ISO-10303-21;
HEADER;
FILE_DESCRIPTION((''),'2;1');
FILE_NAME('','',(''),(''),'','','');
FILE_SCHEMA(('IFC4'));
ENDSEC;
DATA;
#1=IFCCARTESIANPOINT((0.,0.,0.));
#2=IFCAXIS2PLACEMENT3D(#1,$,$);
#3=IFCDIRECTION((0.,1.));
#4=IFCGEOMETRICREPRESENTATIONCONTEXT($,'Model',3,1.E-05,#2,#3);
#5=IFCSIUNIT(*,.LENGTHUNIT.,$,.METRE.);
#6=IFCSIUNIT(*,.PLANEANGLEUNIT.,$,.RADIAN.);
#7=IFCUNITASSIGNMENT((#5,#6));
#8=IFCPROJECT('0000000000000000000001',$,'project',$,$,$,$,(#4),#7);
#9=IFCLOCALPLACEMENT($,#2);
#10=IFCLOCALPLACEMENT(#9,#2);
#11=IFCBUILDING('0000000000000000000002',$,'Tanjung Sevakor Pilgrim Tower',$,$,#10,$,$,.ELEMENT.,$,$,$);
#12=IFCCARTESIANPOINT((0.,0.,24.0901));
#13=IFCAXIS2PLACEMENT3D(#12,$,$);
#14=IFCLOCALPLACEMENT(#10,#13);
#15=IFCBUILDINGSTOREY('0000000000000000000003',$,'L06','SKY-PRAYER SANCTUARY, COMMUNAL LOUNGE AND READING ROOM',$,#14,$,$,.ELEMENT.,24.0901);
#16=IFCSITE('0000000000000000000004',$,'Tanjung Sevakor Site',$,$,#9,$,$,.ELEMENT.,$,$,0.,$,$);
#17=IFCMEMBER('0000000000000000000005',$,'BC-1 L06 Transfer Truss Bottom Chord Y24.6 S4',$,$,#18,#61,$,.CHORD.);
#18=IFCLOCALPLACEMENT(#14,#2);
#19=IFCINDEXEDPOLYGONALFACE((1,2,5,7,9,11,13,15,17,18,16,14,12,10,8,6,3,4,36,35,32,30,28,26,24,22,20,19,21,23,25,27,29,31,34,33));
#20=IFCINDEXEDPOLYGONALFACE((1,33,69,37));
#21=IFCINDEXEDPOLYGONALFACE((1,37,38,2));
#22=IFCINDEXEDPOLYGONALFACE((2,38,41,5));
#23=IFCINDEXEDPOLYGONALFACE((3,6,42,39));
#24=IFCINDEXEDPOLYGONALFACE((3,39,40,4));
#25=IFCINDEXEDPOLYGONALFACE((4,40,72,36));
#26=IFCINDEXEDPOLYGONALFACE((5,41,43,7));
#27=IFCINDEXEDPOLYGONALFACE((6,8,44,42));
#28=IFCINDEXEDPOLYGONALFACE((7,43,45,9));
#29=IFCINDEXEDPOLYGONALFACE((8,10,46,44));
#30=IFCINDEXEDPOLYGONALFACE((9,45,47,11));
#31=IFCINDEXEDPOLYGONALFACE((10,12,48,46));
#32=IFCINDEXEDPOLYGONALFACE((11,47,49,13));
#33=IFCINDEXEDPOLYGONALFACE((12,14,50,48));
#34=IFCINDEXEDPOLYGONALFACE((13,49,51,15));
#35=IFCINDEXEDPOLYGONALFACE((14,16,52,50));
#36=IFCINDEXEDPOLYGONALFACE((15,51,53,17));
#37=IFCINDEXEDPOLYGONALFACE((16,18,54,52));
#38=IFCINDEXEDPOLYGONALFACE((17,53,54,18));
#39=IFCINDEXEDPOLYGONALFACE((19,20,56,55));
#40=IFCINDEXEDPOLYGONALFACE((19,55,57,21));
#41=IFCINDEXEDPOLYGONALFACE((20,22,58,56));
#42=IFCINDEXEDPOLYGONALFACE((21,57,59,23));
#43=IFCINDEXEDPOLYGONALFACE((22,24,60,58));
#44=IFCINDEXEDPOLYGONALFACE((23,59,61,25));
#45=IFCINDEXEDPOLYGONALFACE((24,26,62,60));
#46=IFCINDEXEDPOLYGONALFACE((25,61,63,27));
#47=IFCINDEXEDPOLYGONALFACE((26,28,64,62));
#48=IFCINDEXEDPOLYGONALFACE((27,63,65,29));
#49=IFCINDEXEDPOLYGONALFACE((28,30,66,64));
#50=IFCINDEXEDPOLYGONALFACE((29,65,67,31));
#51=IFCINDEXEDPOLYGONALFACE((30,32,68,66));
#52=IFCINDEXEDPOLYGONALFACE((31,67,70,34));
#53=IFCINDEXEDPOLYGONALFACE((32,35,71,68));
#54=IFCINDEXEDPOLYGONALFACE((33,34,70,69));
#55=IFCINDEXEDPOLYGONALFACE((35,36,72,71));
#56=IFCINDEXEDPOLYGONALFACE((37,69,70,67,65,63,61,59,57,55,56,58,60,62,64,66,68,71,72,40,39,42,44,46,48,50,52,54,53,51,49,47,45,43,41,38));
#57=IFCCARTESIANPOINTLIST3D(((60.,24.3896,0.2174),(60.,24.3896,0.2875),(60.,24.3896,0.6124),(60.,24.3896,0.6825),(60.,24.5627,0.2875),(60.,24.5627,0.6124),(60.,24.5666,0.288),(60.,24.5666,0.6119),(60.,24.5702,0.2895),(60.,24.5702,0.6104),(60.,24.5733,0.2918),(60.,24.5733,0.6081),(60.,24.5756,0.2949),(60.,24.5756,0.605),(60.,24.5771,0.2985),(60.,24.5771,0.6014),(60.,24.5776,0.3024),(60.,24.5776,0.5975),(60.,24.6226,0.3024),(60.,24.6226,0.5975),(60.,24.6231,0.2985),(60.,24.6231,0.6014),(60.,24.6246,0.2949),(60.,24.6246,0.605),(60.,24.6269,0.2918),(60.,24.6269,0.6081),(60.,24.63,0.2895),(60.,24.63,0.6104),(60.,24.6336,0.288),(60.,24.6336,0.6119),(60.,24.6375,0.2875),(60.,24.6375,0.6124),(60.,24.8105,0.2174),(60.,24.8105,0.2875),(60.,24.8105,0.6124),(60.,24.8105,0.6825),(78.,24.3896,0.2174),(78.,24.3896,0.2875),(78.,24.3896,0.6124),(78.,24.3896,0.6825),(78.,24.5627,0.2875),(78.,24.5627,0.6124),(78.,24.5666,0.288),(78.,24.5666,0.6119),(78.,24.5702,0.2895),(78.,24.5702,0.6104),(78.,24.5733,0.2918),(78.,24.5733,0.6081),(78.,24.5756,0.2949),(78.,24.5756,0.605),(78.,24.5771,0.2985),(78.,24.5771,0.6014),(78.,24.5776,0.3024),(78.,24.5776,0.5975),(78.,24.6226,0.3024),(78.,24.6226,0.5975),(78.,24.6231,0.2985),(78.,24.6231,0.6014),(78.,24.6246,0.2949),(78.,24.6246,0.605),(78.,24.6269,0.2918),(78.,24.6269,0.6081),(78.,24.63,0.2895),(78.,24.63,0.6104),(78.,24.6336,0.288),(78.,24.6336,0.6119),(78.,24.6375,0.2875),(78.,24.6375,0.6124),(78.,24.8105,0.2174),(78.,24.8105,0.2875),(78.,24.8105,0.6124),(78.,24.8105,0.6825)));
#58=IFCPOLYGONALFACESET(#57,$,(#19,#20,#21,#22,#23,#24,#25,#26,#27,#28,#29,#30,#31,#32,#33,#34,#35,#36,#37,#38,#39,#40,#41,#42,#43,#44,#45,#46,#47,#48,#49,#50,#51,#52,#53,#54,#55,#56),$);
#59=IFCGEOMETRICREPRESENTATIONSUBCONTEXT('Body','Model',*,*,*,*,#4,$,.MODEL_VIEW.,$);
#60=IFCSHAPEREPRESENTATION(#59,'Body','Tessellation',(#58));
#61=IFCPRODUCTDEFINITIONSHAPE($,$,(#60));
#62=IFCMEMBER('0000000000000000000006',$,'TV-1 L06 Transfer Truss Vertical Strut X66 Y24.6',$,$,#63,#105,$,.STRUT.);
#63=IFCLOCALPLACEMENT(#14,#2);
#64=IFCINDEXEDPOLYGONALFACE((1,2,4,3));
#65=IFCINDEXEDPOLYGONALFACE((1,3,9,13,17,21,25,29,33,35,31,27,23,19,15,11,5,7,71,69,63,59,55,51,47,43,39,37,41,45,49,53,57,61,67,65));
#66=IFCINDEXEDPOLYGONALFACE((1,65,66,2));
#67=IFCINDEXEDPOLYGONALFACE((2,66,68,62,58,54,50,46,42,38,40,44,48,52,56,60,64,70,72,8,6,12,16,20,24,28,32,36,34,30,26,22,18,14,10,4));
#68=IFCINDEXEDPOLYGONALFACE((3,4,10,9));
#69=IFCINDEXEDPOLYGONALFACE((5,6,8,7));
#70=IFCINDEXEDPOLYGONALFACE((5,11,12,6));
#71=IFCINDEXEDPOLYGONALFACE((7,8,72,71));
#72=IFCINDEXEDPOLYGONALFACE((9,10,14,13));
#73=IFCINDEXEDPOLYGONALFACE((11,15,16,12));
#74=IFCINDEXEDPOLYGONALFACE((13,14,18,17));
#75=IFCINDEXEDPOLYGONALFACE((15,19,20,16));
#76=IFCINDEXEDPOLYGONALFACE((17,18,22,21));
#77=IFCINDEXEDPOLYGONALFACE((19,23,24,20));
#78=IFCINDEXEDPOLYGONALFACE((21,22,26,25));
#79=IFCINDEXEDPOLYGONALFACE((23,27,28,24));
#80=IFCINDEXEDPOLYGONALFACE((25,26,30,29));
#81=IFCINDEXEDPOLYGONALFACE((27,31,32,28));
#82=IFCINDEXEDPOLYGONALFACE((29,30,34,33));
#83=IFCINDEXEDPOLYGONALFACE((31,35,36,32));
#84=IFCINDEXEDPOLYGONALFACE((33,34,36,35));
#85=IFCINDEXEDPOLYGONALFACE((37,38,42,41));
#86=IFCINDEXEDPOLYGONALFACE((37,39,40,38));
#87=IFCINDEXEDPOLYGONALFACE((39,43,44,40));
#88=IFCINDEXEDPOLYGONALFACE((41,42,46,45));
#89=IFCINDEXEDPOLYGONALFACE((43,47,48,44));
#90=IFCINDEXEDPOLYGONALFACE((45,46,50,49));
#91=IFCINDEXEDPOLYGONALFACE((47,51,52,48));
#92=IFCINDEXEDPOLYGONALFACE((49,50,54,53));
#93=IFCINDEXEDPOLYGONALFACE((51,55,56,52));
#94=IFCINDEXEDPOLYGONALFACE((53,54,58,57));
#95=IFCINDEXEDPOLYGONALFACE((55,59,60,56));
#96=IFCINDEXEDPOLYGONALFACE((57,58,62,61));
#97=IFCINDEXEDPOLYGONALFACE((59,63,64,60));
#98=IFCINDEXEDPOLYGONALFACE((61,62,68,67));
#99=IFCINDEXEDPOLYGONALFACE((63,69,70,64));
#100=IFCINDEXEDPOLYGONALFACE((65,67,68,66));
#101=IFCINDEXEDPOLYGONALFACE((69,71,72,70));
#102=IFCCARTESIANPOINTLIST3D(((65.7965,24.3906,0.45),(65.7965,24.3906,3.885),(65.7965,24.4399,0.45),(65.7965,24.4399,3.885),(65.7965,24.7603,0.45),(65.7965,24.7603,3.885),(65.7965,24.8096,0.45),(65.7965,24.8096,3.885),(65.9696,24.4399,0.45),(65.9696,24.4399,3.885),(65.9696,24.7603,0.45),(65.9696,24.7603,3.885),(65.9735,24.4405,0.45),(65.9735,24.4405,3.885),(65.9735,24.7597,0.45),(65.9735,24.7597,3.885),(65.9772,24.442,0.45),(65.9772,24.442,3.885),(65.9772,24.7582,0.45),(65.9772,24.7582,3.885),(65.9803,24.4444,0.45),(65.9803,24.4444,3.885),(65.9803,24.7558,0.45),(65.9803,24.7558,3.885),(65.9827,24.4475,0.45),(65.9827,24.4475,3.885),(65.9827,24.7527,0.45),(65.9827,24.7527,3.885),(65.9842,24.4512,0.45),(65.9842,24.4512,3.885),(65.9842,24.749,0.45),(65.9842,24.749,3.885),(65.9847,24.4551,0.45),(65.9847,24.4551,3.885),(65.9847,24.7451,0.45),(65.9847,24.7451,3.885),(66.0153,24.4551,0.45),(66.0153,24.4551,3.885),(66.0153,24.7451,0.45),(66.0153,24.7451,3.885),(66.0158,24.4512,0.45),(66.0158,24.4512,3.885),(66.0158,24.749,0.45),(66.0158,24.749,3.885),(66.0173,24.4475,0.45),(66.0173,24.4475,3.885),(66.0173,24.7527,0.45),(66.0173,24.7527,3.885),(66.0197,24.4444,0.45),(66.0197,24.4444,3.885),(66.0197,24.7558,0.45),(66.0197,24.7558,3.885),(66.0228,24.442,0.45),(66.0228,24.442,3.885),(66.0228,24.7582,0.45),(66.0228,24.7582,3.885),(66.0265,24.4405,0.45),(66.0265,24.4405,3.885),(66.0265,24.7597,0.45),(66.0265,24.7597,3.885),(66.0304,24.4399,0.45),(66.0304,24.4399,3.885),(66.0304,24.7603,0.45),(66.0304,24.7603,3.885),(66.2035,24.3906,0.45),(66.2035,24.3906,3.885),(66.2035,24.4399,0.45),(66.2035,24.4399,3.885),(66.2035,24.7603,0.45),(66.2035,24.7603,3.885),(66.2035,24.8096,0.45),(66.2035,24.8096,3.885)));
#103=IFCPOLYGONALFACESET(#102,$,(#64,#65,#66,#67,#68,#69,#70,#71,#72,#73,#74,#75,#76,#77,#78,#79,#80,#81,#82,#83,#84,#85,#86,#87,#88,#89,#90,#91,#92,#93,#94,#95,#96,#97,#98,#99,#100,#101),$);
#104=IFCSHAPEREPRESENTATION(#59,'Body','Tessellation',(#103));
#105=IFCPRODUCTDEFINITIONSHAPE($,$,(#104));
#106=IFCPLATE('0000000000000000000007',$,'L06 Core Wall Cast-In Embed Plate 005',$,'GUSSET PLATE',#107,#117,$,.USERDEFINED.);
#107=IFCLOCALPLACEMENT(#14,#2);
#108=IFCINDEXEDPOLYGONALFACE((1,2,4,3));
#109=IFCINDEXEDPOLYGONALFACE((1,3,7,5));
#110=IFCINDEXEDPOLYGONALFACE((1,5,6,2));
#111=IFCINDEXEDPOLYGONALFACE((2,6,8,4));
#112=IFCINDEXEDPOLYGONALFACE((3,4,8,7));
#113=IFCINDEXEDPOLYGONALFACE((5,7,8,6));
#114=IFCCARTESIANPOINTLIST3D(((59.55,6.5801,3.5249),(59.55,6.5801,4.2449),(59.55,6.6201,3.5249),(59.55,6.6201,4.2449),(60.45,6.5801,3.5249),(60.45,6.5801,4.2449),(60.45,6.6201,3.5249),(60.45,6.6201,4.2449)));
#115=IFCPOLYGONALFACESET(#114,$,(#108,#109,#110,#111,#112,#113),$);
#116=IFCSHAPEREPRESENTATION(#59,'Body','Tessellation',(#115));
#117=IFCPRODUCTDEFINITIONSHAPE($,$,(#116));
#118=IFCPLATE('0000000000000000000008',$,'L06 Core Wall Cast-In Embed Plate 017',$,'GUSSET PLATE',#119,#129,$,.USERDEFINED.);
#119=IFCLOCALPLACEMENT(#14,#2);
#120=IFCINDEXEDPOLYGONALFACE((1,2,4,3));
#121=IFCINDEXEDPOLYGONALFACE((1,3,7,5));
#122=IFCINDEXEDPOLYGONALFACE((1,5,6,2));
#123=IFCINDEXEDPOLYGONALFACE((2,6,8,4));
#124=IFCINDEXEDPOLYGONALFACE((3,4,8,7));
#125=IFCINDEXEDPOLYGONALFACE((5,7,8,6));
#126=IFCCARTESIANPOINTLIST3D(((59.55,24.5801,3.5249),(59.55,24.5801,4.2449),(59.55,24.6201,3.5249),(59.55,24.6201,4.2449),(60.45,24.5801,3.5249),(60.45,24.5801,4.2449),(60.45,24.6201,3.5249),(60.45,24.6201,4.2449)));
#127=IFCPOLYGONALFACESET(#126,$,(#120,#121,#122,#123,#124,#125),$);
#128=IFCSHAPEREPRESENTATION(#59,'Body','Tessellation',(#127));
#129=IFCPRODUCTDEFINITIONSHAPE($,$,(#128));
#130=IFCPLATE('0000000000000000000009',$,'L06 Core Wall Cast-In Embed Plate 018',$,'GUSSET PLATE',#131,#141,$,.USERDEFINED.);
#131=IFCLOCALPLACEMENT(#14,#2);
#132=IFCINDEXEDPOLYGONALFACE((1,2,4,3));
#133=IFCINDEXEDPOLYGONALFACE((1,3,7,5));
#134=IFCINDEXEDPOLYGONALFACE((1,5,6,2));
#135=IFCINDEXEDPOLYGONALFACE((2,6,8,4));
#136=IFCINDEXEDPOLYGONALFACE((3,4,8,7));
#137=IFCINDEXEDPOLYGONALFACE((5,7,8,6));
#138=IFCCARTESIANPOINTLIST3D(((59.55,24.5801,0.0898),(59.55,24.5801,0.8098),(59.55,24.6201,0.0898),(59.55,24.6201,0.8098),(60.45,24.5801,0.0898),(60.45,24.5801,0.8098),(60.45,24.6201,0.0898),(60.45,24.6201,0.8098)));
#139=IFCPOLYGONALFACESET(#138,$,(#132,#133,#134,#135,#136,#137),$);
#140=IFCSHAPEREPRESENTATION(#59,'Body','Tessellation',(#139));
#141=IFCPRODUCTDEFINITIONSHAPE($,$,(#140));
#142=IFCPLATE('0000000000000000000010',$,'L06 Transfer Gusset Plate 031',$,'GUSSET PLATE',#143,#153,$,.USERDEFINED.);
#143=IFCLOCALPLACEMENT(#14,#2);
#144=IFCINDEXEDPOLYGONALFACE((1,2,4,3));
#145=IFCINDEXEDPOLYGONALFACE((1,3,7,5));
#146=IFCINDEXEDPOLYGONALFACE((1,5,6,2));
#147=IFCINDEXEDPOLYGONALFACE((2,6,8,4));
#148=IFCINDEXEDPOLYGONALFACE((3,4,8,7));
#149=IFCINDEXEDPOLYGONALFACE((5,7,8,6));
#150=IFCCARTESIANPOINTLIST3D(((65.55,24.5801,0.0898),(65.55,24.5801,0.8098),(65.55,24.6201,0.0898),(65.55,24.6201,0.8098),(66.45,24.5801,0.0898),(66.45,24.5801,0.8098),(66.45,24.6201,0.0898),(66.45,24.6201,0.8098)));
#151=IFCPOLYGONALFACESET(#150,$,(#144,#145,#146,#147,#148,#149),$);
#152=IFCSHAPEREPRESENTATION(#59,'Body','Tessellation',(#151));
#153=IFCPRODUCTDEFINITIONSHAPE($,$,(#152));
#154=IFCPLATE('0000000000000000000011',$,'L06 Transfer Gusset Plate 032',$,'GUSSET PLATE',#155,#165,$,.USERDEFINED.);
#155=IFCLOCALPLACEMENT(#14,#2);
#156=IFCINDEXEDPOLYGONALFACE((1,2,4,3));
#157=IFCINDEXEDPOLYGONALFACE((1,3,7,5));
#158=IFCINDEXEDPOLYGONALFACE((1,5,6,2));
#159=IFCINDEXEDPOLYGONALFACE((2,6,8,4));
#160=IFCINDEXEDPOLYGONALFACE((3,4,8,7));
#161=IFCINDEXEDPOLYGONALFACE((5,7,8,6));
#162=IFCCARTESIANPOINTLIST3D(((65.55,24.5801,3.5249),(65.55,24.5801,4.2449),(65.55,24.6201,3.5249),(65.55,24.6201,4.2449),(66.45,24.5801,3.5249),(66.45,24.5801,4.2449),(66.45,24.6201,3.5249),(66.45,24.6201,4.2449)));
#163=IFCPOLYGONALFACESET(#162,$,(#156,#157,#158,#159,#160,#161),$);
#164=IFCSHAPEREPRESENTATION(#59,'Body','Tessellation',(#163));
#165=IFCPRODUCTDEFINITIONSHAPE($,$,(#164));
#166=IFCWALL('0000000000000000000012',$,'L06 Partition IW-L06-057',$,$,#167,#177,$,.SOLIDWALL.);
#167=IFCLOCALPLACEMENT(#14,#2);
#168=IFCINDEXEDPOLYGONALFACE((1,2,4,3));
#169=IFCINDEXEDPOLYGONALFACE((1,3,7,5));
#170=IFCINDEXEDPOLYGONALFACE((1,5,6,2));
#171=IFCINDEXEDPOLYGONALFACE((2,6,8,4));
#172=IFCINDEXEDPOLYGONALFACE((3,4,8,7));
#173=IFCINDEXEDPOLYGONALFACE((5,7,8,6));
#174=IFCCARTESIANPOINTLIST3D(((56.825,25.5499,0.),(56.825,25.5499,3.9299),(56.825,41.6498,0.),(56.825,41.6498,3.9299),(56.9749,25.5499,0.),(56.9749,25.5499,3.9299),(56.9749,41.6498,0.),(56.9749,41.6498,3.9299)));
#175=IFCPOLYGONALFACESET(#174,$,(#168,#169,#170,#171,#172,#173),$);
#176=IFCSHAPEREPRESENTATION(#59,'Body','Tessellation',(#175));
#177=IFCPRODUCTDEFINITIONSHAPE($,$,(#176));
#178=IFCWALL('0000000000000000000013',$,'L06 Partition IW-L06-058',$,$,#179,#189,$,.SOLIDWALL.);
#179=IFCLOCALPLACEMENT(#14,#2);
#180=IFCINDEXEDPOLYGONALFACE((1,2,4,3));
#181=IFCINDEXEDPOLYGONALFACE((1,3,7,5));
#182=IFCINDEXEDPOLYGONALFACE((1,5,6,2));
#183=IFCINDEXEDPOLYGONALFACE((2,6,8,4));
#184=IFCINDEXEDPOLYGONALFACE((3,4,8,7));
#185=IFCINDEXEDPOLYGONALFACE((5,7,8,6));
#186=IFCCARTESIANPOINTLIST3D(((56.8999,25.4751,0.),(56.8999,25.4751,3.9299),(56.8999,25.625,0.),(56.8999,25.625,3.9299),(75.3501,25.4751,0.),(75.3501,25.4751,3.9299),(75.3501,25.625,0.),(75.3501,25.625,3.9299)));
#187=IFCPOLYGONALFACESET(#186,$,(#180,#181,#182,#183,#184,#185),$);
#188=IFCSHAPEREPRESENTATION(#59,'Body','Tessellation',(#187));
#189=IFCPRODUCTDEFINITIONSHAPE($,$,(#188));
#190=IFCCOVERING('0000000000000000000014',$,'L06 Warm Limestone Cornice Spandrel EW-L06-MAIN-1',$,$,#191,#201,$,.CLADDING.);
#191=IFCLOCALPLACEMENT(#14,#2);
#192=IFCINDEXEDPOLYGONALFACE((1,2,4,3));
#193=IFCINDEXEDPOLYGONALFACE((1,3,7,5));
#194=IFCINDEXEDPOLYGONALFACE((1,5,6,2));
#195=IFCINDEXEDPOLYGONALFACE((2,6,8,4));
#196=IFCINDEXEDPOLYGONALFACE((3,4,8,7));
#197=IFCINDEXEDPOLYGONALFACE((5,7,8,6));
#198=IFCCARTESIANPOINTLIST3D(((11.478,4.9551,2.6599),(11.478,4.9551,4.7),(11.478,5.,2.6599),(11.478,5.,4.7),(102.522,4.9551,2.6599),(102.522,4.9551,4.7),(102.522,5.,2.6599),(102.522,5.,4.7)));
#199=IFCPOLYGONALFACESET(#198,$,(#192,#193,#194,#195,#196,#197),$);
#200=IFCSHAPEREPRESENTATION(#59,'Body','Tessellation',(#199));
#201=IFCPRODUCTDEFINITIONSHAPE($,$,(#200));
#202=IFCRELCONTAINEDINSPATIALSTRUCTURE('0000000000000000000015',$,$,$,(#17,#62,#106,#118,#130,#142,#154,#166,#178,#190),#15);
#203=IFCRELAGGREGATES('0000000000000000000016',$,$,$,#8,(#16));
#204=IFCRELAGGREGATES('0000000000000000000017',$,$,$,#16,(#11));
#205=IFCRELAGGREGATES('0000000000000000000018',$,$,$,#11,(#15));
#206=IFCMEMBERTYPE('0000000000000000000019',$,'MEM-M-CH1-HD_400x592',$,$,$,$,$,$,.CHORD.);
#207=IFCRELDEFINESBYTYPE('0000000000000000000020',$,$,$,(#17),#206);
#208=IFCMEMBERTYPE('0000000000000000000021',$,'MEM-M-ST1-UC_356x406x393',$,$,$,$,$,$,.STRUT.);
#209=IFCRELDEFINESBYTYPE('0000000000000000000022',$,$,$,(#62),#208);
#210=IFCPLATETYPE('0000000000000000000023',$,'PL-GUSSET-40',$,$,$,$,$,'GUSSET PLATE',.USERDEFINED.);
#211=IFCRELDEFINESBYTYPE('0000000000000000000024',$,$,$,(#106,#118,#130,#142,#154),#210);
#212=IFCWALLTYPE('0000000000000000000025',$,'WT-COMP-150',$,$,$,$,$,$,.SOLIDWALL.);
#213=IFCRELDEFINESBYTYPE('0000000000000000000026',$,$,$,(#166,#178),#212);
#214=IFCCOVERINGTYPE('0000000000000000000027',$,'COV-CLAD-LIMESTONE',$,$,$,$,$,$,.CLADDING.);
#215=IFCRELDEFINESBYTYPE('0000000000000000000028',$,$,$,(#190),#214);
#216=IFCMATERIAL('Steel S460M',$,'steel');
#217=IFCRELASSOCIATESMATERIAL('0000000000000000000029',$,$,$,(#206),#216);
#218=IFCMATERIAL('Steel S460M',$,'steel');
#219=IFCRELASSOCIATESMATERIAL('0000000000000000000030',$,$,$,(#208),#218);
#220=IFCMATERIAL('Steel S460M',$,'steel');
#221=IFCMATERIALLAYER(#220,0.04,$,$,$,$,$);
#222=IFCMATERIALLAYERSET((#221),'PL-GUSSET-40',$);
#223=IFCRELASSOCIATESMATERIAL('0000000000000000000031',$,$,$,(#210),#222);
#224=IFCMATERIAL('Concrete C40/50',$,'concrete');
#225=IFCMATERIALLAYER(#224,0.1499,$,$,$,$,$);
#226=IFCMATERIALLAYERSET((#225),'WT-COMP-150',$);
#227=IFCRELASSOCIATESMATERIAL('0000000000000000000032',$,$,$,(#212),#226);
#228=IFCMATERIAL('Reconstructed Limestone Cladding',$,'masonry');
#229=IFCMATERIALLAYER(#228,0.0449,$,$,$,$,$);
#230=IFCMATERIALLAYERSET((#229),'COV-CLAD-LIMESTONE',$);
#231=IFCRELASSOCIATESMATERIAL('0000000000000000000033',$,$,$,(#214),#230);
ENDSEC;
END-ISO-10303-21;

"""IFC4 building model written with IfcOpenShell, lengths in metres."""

from ifc_helpers import new_model, si_unit, direction, frame, frame_2d, origin, origin_2d, place, context, subcontext, project, spatial, rectangle, i_section, extrude, material, layer, layer_set, material_profile, profile_set, type_object, element, save


model = new_model("IFC4")

# Units and contexts
model_context = context("Model", 3, precision=1e-05, world=origin(), true_north=direction((0.0, 1.0)))
body_context = subcontext(model_context, "Body", "Model", "MODEL_VIEW")
ifc_project = project(units=[si_unit("LENGTHUNIT", "METRE"), si_unit("PLANEANGLEUNIT", "RADIAN")], contexts=[model_context])

# Site, building, storey
site_placement = place(None, origin())
site = spatial("IfcSite", under=ifc_project, at=site_placement, Name="Tanjung Sevakor Site", CompositionType="ELEMENT", RefElevation=0.0)
building_placement = place(site_placement, origin())
building = spatial("IfcBuilding", under=site, at=building_placement, Name="Tanjung Sevakor Pilgrim Tower", CompositionType="ELEMENT")
storey_placement = place(building_placement, frame((0.0, 0.0, 24.0901)))
storey = spatial("IfcBuildingStorey", under=building, at=storey_placement, Name="L06", Description="SKY-PRAYER SANCTUARY, COMMUNAL LOUNGE AND READING ROOM", CompositionType="ELEMENT", Elevation=24.0901)

# Members
ifc_material_1 = material(Name="Steel S460M", Category="steel")
ifc_material_profile_1 = material_profile(ifc_material_1, i_section(OverallWidth=0.4209, OverallDepth=0.4651, WebThickness=0.0449, FlangeThickness=0.0701, FilletRadius=0.0149, at=origin_2d()))
ifc_profile_set_1 = profile_set([ifc_material_profile_1], Name="Steel S460M")
member_type_1 = type_object("IfcMemberType", Name="MEM-M-CH1-HD_400x592", PredefinedType="CHORD", material=ifc_profile_set_1)
member_1_placement = place(storey_placement, frame((60.0, 24.6001, 0.45), z_axis=(1.0, 0.0, 0.0), x_axis=(0.0, 1.0, 0.0)))
element("IfcMember", 1, at=member_1_placement, inside=storey, type_object=member_type_1, Name="BC-1 L06 Transfer Truss Bottom Chord Y24.6 S4", PredefinedType="CHORD", context=body_context, shape_type="SweptSolid", body=[
    extrude(i_section(OverallWidth=0.4209, OverallDepth=0.4651, WebThickness=0.0449, FlangeThickness=0.0701, FilletRadius=0.0149, at=origin_2d()), origin(), (0.0, 0.0, 1.0), 18.0),
])
ifc_material_2 = material(Name="Steel S460M", Category="steel")
ifc_material_profile_2 = material_profile(ifc_material_2, i_section(OverallWidth=0.407, OverallDepth=0.4189, WebThickness=0.0305, FlangeThickness=0.0493, FilletRadius=0.0151, at=origin_2d()))
ifc_profile_set_2 = profile_set([ifc_material_profile_2], Name="Steel S460M")
member_type_2 = type_object("IfcMemberType", Name="MEM-M-ST1-UC_356x406x393", PredefinedType="STRUT", material=ifc_profile_set_2)
member_2_placement = place(storey_placement, frame((66.0, 24.6001, 0.45), z_axis=(0.0, 0.0, 1.0), x_axis=(1.0, 0.0, 0.0)))
element("IfcMember", 2, at=member_2_placement, inside=storey, type_object=member_type_2, Name="TV-1 L06 Transfer Truss Vertical Strut X66 Y24.6", PredefinedType="STRUT", context=body_context, shape_type="SweptSolid", body=[
    extrude(i_section(OverallWidth=0.407, OverallDepth=0.4189, WebThickness=0.0305, FlangeThickness=0.0493, FilletRadius=0.0151, at=origin_2d()), origin(), (0.0, 0.0, 1.0), 3.4351),
])

# Plates
ifc_material_3 = material(Name="Steel S460M", Category="steel")
ifc_layer_1 = layer(ifc_material_3, 0.04)
ifc_layer_set_1 = layer_set([ifc_layer_1], Name="PL-GUSSET-40")
plate_type = type_object("IfcPlateType", Name="PL-GUSSET-40", ElementType="GUSSET PLATE", PredefinedType="USERDEFINED", material=ifc_layer_set_1)
for number, where, z_axis, x_axis, name in (
    (3, (60.0, 6.6001, 3.5249), (0.0, 0.0, 1.0), (1.0, 0.0, 0.0), "L06 Core Wall Cast-In Embed Plate 005"),
    (4, (60.0, 24.6001, 3.5249), (0.0, 0.0, 1.0), (1.0, 0.0, 0.0), "L06 Core Wall Cast-In Embed Plate 017"),
    (5, (60.0, 24.6001, 0.0898), (0.0, 0.0, 1.0), (1.0, 0.0, 0.0), "L06 Core Wall Cast-In Embed Plate 018"),
    (6, (66.0, 24.6001, 0.0898), (0.0, 0.0, 1.0), (1.0, 0.0, 0.0), "L06 Transfer Gusset Plate 031"),
    (7, (66.0, 24.6001, 3.5249), (0.0, 0.0, 1.0), (1.0, 0.0, 0.0), "L06 Transfer Gusset Plate 032"),
):
    element("IfcPlate", number, at=place(storey_placement, frame(where, z_axis=z_axis, x_axis=x_axis)), inside=storey, type_object=plate_type, Name=name, ObjectType="GUSSET PLATE", PredefinedType="USERDEFINED", context=body_context, shape_type="SweptSolid", body=[
        extrude(rectangle(XDim=0.8999, YDim=0.04, at=origin_2d()), origin(), (0.0, 0.0, 1.0), 0.72),
    ])

# Walls
ifc_material_4 = material(Name="Concrete C40/50", Category="concrete")
ifc_layer_2 = layer(ifc_material_4, 0.1499)
ifc_layer_set_2 = layer_set([ifc_layer_2], Name="WT-COMP-150")
wall_type = type_object("IfcWallType", Name="WT-COMP-150", PredefinedType="SOLIDWALL", material=ifc_layer_set_2)
wall_1_placement = place(storey_placement, frame((56.8999, 25.55, 0.0), z_axis=(0.0, 0.0, 1.0), x_axis=(0.0, 1.0, 0.0)))
element("IfcWall", 8, at=wall_1_placement, inside=storey, type_object=wall_type, Name="L06 Partition IW-L06-057", PredefinedType="SOLIDWALL", context=body_context, shape_type="SweptSolid", body=[
    extrude(rectangle(XDim=16.0999, YDim=0.1499, at=frame_2d((8.0498, 0.0))), origin(), (0.0, 0.0, 1.0), 3.9299),
])
wall_2_placement = place(storey_placement, frame((56.8999, 25.55, 0.0), z_axis=(0.0, 0.0, 1.0), x_axis=(1.0, 0.0, 0.0)))
element("IfcWall", 9, at=wall_2_placement, inside=storey, type_object=wall_type, Name="L06 Partition IW-L06-058", PredefinedType="SOLIDWALL", context=body_context, shape_type="SweptSolid", body=[
    extrude(rectangle(XDim=18.4502, YDim=0.1499, at=frame_2d((9.2251, 0.0))), origin(), (0.0, 0.0, 1.0), 3.9299),
])

# Covering
ifc_material_5 = material(Name="Reconstructed Limestone Cladding", Category="masonry")
ifc_layer_3 = layer(ifc_material_5, 0.0449)
ifc_layer_set_3 = layer_set([ifc_layer_3], Name="COV-CLAD-LIMESTONE")
covering_type = type_object("IfcCoveringType", Name="COV-CLAD-LIMESTONE", PredefinedType="CLADDING", material=ifc_layer_set_3)
covering_placement = place(storey_placement, frame((57.0, 4.9775, 2.6599), z_axis=(0.0, 0.0, 1.0), x_axis=(1.0, 0.0, 0.0)))
element("IfcCovering", 10, at=covering_placement, inside=storey, type_object=covering_type, Name="L06 Warm Limestone Cornice Spandrel EW-L06-MAIN-1", PredefinedType="CLADDING", context=body_context, shape_type="SweptSolid", body=[
    extrude(rectangle(XDim=91.0439, YDim=0.0449, at=origin_2d()), origin(), (0.0, 0.0, 1.0), 2.04),
])

save(model, "model.ifc")
